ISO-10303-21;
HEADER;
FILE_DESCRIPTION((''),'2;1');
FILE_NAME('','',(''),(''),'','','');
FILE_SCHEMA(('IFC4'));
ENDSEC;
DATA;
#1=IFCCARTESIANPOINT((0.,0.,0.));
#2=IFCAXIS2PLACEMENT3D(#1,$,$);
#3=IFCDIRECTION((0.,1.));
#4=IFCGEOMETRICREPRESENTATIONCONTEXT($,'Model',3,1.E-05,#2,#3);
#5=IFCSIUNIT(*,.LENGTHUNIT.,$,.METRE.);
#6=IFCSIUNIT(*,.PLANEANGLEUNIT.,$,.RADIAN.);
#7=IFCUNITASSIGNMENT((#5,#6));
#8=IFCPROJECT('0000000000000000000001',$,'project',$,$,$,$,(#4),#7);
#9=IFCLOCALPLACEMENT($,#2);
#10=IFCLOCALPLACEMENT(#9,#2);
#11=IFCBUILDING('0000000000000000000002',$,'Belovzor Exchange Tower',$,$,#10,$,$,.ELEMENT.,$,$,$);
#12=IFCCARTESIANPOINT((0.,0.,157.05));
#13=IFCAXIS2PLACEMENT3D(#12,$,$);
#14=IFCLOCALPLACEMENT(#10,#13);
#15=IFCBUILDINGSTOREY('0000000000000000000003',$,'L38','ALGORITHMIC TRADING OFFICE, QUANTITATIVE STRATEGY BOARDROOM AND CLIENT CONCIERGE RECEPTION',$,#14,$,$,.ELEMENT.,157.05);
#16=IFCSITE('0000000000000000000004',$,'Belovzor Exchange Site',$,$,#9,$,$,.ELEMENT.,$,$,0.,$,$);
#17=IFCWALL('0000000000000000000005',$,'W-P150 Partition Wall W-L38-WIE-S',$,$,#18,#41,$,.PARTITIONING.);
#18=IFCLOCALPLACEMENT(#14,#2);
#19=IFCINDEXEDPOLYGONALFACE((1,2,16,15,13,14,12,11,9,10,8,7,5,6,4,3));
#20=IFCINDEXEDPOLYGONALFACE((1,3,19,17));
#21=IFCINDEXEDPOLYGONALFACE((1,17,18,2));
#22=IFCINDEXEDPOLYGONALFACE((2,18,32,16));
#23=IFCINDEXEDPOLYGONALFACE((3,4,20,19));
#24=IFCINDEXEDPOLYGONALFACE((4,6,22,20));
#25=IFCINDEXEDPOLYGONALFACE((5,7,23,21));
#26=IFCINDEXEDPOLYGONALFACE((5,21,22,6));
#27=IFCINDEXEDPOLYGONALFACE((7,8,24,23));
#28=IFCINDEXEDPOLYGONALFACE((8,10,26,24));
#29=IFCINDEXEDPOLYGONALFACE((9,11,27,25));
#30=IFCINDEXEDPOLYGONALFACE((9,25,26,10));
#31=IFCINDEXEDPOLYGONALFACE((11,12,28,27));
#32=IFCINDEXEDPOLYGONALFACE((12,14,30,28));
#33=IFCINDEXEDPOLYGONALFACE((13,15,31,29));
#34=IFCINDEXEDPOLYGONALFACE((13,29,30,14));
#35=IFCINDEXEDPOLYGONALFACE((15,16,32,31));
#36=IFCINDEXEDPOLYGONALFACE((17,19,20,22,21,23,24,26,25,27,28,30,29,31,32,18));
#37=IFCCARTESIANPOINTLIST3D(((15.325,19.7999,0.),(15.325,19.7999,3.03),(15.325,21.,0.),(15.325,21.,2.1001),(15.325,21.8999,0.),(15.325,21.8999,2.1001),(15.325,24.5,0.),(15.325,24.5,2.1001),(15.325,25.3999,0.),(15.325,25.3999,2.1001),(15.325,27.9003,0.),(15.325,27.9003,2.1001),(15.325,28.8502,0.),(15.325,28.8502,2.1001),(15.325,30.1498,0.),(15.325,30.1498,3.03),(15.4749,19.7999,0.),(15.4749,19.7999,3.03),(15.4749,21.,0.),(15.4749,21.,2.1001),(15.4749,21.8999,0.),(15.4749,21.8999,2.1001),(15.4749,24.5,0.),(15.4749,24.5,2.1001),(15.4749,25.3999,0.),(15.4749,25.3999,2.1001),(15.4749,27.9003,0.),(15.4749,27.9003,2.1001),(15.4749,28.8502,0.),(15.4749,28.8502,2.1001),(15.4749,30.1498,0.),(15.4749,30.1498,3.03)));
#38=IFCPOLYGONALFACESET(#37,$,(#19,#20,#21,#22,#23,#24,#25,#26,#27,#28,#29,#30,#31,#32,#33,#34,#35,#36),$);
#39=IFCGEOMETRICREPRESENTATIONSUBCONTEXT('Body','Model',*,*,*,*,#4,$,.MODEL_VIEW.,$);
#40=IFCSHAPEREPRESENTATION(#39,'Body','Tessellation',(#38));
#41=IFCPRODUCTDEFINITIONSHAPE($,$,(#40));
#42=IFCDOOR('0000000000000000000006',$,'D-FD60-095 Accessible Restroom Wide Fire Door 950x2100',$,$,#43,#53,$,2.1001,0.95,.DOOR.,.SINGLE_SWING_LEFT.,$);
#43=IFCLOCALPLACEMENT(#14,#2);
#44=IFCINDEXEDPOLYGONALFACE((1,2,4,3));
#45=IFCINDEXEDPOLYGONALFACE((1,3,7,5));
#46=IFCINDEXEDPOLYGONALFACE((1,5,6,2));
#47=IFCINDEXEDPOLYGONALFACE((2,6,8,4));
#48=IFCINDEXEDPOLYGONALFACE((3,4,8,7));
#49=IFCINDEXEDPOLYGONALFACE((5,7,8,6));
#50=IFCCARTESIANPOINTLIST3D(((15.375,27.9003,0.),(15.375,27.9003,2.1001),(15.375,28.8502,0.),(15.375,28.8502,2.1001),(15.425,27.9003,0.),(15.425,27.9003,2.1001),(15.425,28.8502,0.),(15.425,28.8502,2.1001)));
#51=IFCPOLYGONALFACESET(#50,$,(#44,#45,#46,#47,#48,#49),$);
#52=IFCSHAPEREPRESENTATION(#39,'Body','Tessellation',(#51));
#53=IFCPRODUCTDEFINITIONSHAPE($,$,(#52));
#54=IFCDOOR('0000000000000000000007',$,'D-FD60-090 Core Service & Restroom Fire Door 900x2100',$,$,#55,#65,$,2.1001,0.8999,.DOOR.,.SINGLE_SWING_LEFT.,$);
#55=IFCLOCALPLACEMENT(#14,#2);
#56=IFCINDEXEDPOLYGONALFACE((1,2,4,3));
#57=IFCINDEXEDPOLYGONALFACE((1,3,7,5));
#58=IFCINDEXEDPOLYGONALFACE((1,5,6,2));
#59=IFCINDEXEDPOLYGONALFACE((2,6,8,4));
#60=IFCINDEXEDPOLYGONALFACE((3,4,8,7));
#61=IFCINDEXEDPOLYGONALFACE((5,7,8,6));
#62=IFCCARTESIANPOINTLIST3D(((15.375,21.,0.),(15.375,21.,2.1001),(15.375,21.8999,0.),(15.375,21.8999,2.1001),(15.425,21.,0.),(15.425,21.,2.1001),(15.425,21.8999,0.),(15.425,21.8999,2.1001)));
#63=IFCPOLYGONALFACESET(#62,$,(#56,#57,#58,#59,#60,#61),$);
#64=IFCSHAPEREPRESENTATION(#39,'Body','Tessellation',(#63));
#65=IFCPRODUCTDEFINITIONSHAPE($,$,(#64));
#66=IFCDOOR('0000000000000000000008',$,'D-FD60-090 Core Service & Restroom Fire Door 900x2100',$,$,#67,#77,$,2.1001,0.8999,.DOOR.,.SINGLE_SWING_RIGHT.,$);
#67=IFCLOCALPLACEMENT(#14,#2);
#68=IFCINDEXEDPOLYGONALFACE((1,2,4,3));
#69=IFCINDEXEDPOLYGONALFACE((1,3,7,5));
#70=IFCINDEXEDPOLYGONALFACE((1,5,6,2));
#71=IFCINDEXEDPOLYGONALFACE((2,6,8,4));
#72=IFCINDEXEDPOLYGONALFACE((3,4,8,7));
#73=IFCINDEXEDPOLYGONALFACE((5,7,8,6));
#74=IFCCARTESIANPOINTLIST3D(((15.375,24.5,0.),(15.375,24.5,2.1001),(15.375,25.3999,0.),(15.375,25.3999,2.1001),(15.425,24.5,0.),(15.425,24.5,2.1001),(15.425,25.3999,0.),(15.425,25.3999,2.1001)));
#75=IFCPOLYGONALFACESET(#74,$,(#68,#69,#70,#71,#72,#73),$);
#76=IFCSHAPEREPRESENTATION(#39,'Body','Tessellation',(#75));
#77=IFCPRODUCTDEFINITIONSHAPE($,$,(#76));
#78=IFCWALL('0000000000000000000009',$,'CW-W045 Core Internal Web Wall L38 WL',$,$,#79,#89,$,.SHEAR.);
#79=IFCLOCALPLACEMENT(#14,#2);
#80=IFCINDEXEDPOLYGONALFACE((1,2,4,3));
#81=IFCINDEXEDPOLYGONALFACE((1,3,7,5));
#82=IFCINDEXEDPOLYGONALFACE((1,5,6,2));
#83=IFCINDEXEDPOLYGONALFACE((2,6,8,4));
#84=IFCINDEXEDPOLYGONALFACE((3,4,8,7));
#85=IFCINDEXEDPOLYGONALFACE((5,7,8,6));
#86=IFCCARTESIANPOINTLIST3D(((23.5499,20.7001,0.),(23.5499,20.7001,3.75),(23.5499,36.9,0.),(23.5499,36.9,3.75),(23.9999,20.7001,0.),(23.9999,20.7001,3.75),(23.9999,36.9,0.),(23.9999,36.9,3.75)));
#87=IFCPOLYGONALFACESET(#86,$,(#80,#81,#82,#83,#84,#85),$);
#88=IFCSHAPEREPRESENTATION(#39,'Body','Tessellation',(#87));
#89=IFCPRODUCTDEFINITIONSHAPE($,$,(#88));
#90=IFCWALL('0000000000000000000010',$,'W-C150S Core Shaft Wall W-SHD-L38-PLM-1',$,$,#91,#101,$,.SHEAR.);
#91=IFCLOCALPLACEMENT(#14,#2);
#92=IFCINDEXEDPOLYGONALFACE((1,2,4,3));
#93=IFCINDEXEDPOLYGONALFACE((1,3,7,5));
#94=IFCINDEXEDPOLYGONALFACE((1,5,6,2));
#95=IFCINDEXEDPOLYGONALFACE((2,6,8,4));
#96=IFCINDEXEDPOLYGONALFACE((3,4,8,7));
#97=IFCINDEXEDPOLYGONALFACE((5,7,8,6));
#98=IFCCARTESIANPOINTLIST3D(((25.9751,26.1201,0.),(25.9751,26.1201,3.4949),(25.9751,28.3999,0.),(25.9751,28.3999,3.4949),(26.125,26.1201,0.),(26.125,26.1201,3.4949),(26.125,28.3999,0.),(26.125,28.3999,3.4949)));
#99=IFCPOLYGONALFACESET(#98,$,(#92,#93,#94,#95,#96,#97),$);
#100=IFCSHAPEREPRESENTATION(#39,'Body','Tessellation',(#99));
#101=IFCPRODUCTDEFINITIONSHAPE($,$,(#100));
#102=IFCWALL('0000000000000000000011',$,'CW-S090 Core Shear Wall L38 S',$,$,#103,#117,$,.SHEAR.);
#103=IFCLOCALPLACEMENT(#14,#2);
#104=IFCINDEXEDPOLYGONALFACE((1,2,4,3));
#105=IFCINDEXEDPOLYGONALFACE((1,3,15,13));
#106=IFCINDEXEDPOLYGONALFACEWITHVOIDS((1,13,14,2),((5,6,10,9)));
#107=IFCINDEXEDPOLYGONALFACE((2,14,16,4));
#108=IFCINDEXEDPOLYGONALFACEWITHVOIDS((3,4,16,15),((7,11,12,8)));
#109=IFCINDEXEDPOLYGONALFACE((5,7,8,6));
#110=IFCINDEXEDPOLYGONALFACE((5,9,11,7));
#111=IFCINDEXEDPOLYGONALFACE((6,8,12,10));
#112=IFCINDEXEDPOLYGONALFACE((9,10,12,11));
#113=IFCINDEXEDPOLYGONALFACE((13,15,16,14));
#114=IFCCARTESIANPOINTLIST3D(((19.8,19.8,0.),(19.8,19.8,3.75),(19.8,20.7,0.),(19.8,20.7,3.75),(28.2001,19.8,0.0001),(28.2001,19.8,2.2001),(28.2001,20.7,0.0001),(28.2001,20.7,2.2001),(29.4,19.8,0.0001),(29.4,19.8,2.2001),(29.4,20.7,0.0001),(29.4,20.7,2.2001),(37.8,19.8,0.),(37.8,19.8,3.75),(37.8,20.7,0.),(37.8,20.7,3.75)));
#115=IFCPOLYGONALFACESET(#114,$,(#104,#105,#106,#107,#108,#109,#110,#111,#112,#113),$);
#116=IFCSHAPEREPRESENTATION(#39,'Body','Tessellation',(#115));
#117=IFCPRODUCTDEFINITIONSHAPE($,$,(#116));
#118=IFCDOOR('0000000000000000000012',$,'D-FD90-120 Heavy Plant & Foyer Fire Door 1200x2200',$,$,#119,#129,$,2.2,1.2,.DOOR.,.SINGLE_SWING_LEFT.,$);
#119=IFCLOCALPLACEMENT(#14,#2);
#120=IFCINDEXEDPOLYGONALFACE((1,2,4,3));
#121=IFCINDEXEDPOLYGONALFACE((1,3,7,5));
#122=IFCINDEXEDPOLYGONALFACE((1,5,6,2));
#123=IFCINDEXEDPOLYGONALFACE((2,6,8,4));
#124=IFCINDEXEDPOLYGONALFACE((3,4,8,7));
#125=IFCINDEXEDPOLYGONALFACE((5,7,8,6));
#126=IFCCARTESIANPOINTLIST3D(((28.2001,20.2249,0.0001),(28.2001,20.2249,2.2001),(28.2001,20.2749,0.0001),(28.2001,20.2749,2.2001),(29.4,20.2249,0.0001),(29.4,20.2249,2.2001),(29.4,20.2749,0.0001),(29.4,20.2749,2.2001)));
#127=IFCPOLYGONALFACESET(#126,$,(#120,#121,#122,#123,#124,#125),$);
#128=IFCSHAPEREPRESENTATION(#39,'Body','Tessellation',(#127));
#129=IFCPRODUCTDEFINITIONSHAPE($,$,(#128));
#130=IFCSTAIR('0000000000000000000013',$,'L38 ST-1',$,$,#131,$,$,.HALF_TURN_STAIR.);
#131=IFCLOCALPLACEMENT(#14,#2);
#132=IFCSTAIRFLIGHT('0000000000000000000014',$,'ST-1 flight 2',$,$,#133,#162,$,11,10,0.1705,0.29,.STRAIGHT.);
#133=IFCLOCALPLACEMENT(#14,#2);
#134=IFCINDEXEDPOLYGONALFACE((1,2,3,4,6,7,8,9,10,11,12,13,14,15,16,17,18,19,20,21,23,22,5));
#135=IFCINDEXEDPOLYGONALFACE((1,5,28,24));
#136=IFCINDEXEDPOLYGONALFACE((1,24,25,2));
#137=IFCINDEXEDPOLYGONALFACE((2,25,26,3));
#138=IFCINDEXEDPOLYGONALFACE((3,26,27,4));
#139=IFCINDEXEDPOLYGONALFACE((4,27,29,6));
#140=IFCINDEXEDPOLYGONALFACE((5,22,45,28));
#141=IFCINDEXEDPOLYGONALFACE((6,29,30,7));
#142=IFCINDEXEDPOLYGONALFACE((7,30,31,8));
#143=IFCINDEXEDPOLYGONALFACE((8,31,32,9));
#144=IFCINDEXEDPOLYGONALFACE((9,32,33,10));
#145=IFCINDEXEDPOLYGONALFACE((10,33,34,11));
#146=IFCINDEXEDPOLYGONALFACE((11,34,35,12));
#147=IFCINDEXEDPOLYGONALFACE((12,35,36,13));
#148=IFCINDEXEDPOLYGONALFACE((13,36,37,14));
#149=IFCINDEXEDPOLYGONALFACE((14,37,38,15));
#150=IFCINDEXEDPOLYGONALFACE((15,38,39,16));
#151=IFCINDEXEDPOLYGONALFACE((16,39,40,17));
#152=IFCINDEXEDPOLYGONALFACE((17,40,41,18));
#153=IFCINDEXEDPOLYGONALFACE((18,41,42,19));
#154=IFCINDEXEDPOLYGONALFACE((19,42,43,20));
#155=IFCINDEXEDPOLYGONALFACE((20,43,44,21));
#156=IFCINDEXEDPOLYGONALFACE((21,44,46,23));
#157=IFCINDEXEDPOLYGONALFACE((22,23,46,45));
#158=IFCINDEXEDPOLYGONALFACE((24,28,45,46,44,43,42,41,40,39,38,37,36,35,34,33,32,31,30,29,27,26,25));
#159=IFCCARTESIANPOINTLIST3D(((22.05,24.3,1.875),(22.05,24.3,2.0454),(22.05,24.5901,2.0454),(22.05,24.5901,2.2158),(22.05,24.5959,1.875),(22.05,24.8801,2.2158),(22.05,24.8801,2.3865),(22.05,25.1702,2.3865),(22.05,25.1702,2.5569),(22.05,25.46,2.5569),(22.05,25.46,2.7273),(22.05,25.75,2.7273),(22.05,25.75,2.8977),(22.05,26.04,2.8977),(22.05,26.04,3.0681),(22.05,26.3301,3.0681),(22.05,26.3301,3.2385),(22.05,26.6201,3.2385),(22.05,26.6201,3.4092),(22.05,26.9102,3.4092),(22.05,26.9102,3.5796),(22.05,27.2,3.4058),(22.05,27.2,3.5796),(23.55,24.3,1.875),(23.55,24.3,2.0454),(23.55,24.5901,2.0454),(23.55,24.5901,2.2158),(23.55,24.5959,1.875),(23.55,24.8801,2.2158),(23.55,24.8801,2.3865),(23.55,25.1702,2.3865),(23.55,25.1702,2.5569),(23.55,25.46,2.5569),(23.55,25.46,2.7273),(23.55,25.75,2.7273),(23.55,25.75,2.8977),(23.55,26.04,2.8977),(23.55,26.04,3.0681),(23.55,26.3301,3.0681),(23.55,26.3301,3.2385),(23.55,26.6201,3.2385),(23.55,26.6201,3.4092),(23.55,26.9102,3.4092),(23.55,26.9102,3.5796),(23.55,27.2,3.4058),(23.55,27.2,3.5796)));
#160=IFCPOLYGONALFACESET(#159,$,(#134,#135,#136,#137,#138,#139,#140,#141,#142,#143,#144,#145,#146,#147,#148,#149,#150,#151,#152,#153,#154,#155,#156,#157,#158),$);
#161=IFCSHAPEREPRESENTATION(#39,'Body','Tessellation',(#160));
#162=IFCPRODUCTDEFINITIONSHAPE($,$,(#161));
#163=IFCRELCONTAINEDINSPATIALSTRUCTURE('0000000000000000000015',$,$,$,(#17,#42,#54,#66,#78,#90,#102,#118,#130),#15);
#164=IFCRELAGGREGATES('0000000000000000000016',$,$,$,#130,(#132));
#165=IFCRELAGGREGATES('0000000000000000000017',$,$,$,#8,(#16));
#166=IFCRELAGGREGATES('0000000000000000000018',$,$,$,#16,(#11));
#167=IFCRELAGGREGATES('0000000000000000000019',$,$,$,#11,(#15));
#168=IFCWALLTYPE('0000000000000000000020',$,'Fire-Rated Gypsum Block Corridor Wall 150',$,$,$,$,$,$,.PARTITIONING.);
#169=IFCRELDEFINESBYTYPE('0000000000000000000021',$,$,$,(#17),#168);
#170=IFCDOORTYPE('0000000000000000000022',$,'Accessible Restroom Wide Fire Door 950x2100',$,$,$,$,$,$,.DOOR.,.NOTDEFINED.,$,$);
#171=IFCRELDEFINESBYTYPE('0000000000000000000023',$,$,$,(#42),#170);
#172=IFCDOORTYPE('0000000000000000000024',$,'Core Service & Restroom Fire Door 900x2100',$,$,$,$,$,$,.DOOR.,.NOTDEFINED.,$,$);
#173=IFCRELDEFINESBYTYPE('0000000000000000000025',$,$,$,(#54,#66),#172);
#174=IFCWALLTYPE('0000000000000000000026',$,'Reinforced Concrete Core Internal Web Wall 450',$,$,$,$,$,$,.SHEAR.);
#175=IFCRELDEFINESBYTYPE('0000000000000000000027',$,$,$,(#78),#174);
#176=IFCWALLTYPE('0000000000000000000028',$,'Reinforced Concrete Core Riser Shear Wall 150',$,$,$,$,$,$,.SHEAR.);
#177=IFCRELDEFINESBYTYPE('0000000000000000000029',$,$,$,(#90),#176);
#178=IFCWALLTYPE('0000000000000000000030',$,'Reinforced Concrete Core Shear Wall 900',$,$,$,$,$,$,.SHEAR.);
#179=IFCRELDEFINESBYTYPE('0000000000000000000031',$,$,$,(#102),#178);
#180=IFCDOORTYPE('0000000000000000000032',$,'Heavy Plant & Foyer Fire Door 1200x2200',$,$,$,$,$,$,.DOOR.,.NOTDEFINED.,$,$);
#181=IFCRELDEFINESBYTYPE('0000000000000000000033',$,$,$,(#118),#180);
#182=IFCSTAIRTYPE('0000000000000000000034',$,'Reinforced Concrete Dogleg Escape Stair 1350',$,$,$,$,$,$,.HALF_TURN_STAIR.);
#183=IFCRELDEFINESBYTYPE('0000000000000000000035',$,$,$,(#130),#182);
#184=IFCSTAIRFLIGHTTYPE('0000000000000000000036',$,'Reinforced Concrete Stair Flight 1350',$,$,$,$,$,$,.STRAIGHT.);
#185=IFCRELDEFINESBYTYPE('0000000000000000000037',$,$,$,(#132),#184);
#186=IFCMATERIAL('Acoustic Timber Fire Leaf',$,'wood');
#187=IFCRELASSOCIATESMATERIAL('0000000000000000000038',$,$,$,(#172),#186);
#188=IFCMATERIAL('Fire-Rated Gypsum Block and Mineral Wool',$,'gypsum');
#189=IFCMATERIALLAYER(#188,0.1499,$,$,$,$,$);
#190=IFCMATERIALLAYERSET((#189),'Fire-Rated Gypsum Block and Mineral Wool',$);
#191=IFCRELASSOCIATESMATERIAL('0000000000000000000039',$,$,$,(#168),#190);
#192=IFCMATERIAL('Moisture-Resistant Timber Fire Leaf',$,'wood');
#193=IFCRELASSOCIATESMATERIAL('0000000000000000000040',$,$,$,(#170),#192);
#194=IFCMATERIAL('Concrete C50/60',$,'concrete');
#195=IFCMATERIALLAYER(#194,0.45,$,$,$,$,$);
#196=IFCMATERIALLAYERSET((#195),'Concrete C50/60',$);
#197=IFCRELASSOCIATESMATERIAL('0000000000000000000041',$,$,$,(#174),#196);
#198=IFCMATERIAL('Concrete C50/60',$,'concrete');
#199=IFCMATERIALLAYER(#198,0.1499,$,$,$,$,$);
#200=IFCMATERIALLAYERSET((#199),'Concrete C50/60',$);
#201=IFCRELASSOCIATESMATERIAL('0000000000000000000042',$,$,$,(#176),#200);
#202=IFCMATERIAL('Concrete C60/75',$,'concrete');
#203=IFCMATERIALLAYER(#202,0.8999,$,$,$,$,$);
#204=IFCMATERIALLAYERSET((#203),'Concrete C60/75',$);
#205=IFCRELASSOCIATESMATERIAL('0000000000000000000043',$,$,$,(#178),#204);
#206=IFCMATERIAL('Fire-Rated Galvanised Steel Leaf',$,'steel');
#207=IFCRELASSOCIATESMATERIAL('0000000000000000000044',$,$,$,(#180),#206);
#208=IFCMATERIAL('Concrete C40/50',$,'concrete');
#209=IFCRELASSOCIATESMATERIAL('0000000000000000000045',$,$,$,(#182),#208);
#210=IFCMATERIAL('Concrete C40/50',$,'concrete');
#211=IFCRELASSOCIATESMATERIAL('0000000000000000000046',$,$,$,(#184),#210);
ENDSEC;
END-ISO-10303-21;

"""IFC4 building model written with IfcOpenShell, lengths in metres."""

from ifc_helpers import new_model, si_unit, direction, frame, frame_2d, origin, place, context, subcontext, project, spatial, polyline, rectangle, outline, extrude, material, layer, layer_set, type_object, element, fill, aggregate, save


model = new_model("IFC4")

# Units and contexts
model_context = context("Model", 3, precision=1e-05, world=origin(), true_north=direction((0.0, 1.0)))
body_context = subcontext(model_context, "Body", "Model", "MODEL_VIEW")
ifc_project = project(units=[si_unit("LENGTHUNIT", "METRE"), si_unit("PLANEANGLEUNIT", "RADIAN")], contexts=[model_context])

# Site, building, storey
site_placement = place(None, origin())
site = spatial("IfcSite", under=ifc_project, at=site_placement, Name="Belovzor Exchange Site", CompositionType="ELEMENT", RefElevation=0.0)
building_placement = place(site_placement, origin())
building = spatial("IfcBuilding", under=site, at=building_placement, Name="Belovzor Exchange Tower", CompositionType="ELEMENT")
storey_placement = place(building_placement, frame((0.0, 0.0, 157.05)))
storey = spatial("IfcBuildingStorey", under=building, at=storey_placement, Name="L38", Description="ALGORITHMIC TRADING OFFICE, QUANTITATIVE STRATEGY BOARDROOM AND CLIENT CONCIERGE RECEPTION", CompositionType="ELEMENT", Elevation=157.05)

# Shared definitions
ifc_material_1 = material(Name="Acoustic Timber Fire Leaf", Category="wood")
door_type_1 = type_object("IfcDoorType", Name="Core Service & Restroom Fire Door 900x2100", OperationType="NOTDEFINED", PredefinedType="DOOR", material=ifc_material_1)

# Shared definitions
ifc_material_2 = material(Name="Fire-Rated Gypsum Block and Mineral Wool", Category="gypsum")
ifc_layer_1 = layer(ifc_material_2, 0.1499)
ifc_layer_set_1 = layer_set([ifc_layer_1], Name="Fire-Rated Gypsum Block and Mineral Wool")
wall_type_1 = type_object("IfcWallType", Name="Fire-Rated Gypsum Block Corridor Wall 150", PredefinedType="PARTITIONING", material=ifc_layer_set_1)

# Wall, openings, doors
wall_1_placement = place(storey_placement, frame((15.3999, 19.8, 0.0), z_axis=(0.0, 0.0, 1.0), x_axis=(0.0, 1.0, 0.0)))
wall_1 = element("IfcWall", 1, at=wall_1_placement, inside=storey, type_object=wall_type_1, Name="W-P150 Partition Wall W-L38-WIE-S", PredefinedType="PARTITIONING", context=body_context, shape_type="SweptSolid", body=[
    extrude(rectangle(XDim=10.3499, YDim=0.1499, at=frame_2d((5.1748, 0.0))), origin(), (0.0, 0.0, 1.0), 3.03),
])
opening_1_placement = place(wall_1_placement, frame((1.2, 0.0, 0.0)))
opening_1 = element("IfcOpeningElement", 2, at=opening_1_placement, cuts=wall_1, PredefinedType="OPENING", context=body_context, shape_type="SweptSolid", body=[
    extrude(rectangle(XDim=0.8999, YDim=2.1001, at=frame_2d((0.45, 1.05))), frame((0.0, 0.085, 0.0), z_axis=(0.0, -1.0, 0.0), x_axis=(1.0, 0.0, 0.0)), (0.0, 0.0, 1.0), 0.1699),
])
opening_2_placement = place(wall_1_placement, frame((4.7, 0.0, 0.0)))
opening_2 = element("IfcOpeningElement", 3, at=opening_2_placement, cuts=wall_1, PredefinedType="OPENING", context=body_context, shape_type="SweptSolid", body=[
    extrude(rectangle(XDim=0.8999, YDim=2.1001, at=frame_2d((0.45, 1.05))), frame((0.0, 0.085, 0.0), z_axis=(0.0, -1.0, 0.0), x_axis=(1.0, 0.0, 0.0)), (0.0, 0.0, 1.0), 0.1699),
])
opening_3_placement = place(wall_1_placement, frame((8.1001, 0.0, 0.0)))
opening_3 = element("IfcOpeningElement", 4, at=opening_3_placement, cuts=wall_1, PredefinedType="OPENING", context=body_context, shape_type="SweptSolid", body=[
    extrude(rectangle(XDim=0.95, YDim=2.1001, at=frame_2d((0.4751, 1.05))), frame((0.0, 0.085, 0.0), z_axis=(0.0, -1.0, 0.0), x_axis=(1.0, 0.0, 0.0)), (0.0, 0.0, 1.0), 0.1699),
])
ifc_material_3 = material(Name="Moisture-Resistant Timber Fire Leaf", Category="wood")
door_type_2 = type_object("IfcDoorType", Name="Accessible Restroom Wide Fire Door 950x2100", OperationType="NOTDEFINED", PredefinedType="DOOR", material=ifc_material_3)
door_1_placement = place(opening_3_placement, origin())
door_1 = element("IfcDoor", 5, at=door_1_placement, inside=storey, type_object=door_type_2, Name="D-FD60-095 Accessible Restroom Wide Fire Door 950x2100", OperationType="SINGLE_SWING_LEFT", OverallHeight=2.1001, OverallWidth=0.95, PredefinedType="DOOR", context=body_context, shape_type="SweptSolid", body=[
    extrude(rectangle(XDim=0.95, YDim=2.1001, at=frame_2d((0.4751, 1.05))), frame((0.0, 0.0249, 0.0), z_axis=(0.0, -1.0, 0.0), x_axis=(1.0, 0.0, 0.0)), (0.0, 0.0, 1.0), 0.05),
])
fill(opening_3, door_1)
door_2_placement = place(opening_1_placement, origin())
door_2 = element("IfcDoor", 6, at=door_2_placement, inside=storey, type_object=door_type_1, Name="D-FD60-090 Core Service & Restroom Fire Door 900x2100", OperationType="SINGLE_SWING_LEFT", OverallHeight=2.1001, OverallWidth=0.8999, PredefinedType="DOOR", context=body_context, shape_type="SweptSolid", body=[
    extrude(rectangle(XDim=0.8999, YDim=2.1001, at=frame_2d((0.45, 1.05))), frame((0.0, 0.0249, 0.0), z_axis=(0.0, -1.0, 0.0), x_axis=(1.0, 0.0, 0.0)), (0.0, 0.0, 1.0), 0.05),
])
fill(opening_1, door_2)
door_3_placement = place(opening_2_placement, origin())
door_3 = element("IfcDoor", 7, at=door_3_placement, inside=storey, type_object=door_type_1, Name="D-FD60-090 Core Service & Restroom Fire Door 900x2100", OperationType="SINGLE_SWING_RIGHT", OverallHeight=2.1001, OverallWidth=0.8999, PredefinedType="DOOR", context=body_context, shape_type="SweptSolid", body=[
    extrude(rectangle(XDim=0.8999, YDim=2.1001, at=frame_2d((0.45, 1.05))), frame((0.0, 0.0249, 0.0), z_axis=(0.0, -1.0, 0.0), x_axis=(1.0, 0.0, 0.0)), (0.0, 0.0, 1.0), 0.05),
])
fill(opening_2, door_3)

# Walls
ifc_material_4 = material(Name="Concrete C50/60", Category="concrete")
ifc_layer_2 = layer(ifc_material_4, 0.45)
ifc_layer_set_2 = layer_set([ifc_layer_2], Name="Concrete C50/60")
wall_type_2 = type_object("IfcWallType", Name="Reinforced Concrete Core Internal Web Wall 450", PredefinedType="SHEAR", material=ifc_layer_set_2)
wall_2_placement = place(storey_placement, frame((23.7749, 20.7, 0.0), z_axis=(0.0, 0.0, 1.0), x_axis=(0.0, 1.0, 0.0)))
element("IfcWall", 8, at=wall_2_placement, inside=storey, type_object=wall_type_2, Name="CW-W045 Core Internal Web Wall L38 WL", PredefinedType="SHEAR", context=body_context, shape_type="SweptSolid", body=[
    extrude(rectangle(XDim=16.2, YDim=0.45, at=frame_2d((8.1001, 0.0))), origin(), (0.0, 0.0, 1.0), 3.75),
])
ifc_material_5 = material(Name="Concrete C50/60", Category="concrete")
ifc_layer_3 = layer(ifc_material_5, 0.1499)
ifc_layer_set_3 = layer_set([ifc_layer_3], Name="Concrete C50/60")
wall_type_3 = type_object("IfcWallType", Name="Reinforced Concrete Core Riser Shear Wall 150", PredefinedType="SHEAR", material=ifc_layer_set_3)
wall_3_placement = place(storey_placement, frame((26.05, 26.1201, 0.0), z_axis=(0.0, 0.0, 1.0), x_axis=(0.0, 1.0, 0.0)))
element("IfcWall", 9, at=wall_3_placement, inside=storey, type_object=wall_type_3, Name="W-C150S Core Shaft Wall W-SHD-L38-PLM-1", PredefinedType="SHEAR", context=body_context, shape_type="SweptSolid", body=[
    extrude(rectangle(XDim=2.2798, YDim=0.1499, at=frame_2d((1.1399, 0.0))), origin(), (0.0, 0.0, 1.0), 3.4949),
])

# Wall, opening, door
ifc_material_6 = material(Name="Concrete C60/75", Category="concrete")
ifc_layer_4 = layer(ifc_material_6, 0.8999)
ifc_layer_set_4 = layer_set([ifc_layer_4], Name="Concrete C60/75")
wall_type_4 = type_object("IfcWallType", Name="Reinforced Concrete Core Shear Wall 900", PredefinedType="SHEAR", material=ifc_layer_set_4)
wall_4_placement = place(storey_placement, frame((19.8, 20.25, 0.0), z_axis=(0.0, 0.0, 1.0), x_axis=(1.0, 0.0, 0.0)))
wall_4 = element("IfcWall", 10, at=wall_4_placement, inside=storey, type_object=wall_type_4, Name="CW-S090 Core Shear Wall L38 S", PredefinedType="SHEAR", context=body_context, shape_type="SweptSolid", body=[
    extrude(rectangle(XDim=18.0, YDim=0.8999, at=frame_2d((9.0, 0.0))), origin(), (0.0, 0.0, 1.0), 3.75),
])
opening_4_placement = place(wall_4_placement, frame((8.3999, 0.0, 0.0)))
opening_4 = element("IfcOpeningElement", 11, at=opening_4_placement, cuts=wall_4, PredefinedType="OPENING", context=body_context, shape_type="SweptSolid", body=[
    extrude(rectangle(XDim=1.2, YDim=2.2, at=frame_2d((0.6001, 1.1001))), frame((0.0, 0.46, 0.0), z_axis=(0.0, -1.0, 0.0), x_axis=(1.0, 0.0, 0.0)), (0.0, 0.0, 1.0), 0.9199),
])
ifc_material_7 = material(Name="Fire-Rated Galvanised Steel Leaf", Category="steel")
door_type_3 = type_object("IfcDoorType", Name="Heavy Plant & Foyer Fire Door 1200x2200", OperationType="NOTDEFINED", PredefinedType="DOOR", material=ifc_material_7)
door_4_placement = place(opening_4_placement, origin())
door_4 = element("IfcDoor", 12, at=door_4_placement, inside=storey, type_object=door_type_3, Name="D-FD90-120 Heavy Plant & Foyer Fire Door 1200x2200", OperationType="SINGLE_SWING_LEFT", OverallHeight=2.2, OverallWidth=1.2, PredefinedType="DOOR", context=body_context, shape_type="SweptSolid", body=[
    extrude(rectangle(XDim=1.2, YDim=2.2, at=frame_2d((0.6001, 1.1001))), frame((0.0, 0.0249, 0.0), z_axis=(0.0, -1.0, 0.0), x_axis=(1.0, 0.0, 0.0)), (0.0, 0.0, 1.0), 0.05),
])
fill(opening_4, door_4)

# Stair, stair flight
ifc_material_8 = material(Name="Concrete C40/50", Category="concrete")
stair_type = type_object("IfcStairType", Name="Reinforced Concrete Dogleg Escape Stair 1350", PredefinedType="HALF_TURN_STAIR", material=ifc_material_8)
stair_placement = place(storey_placement, origin())
stair = element("IfcStair", 13, at=stair_placement, inside=storey, type_object=stair_type, Name="L38 ST-1", PredefinedType="HALF_TURN_STAIR")
ifc_material_9 = material(Name="Concrete C40/50", Category="concrete")
stair_flight_type = type_object("IfcStairFlightType", Name="Reinforced Concrete Stair Flight 1350", PredefinedType="STRAIGHT", material=ifc_material_9)
stair_flight_placement = place(storey_placement, frame((22.8, 24.3, 1.875), z_axis=(0.0, 0.0, 1.0), x_axis=(0.0, 1.0, 0.0)))
stair_flight = element("IfcStairFlight", 14, at=stair_flight_placement, type_object=stair_flight_type, Name="ST-1 flight 2", NumberOfRisers=11, NumberOfTreads=10, PredefinedType="STRAIGHT", RiserHeight=0.1705, TreadLength=0.29, context=body_context, shape_type="SweptSolid", body=[
    extrude(outline(polyline([(0.0, 0.0), (0.0, 0.1704), (0.29, 0.1704), (0.29, 0.3408), (0.5801, 0.3408), (0.5801, 0.5115), (0.8701, 0.5115), (0.8701, 0.6819), (1.1599, 0.6819), (1.1599, 0.8523), (1.45, 0.8523), (1.45, 1.0227), (1.74, 1.0227), (1.74, 1.1931), (2.03, 1.1931), (2.03, 1.3635), (2.3201, 1.3635), (2.3201, 1.5342), (2.6101, 1.5342), (2.6101, 1.7046), (2.8999, 1.7046), (2.8999, 1.875), (2.8999, 1.5308), (0.2959, 0.0), (0.0, 0.0)])), frame((0.0, 0.75, 0.0), z_axis=(0.0, -1.0, 0.0), x_axis=(1.0, 0.0, 0.0)), (0.0, 0.0, 1.0), 1.5),
])
aggregate(stair, [stair_flight])

save(model, "model.ifc")
